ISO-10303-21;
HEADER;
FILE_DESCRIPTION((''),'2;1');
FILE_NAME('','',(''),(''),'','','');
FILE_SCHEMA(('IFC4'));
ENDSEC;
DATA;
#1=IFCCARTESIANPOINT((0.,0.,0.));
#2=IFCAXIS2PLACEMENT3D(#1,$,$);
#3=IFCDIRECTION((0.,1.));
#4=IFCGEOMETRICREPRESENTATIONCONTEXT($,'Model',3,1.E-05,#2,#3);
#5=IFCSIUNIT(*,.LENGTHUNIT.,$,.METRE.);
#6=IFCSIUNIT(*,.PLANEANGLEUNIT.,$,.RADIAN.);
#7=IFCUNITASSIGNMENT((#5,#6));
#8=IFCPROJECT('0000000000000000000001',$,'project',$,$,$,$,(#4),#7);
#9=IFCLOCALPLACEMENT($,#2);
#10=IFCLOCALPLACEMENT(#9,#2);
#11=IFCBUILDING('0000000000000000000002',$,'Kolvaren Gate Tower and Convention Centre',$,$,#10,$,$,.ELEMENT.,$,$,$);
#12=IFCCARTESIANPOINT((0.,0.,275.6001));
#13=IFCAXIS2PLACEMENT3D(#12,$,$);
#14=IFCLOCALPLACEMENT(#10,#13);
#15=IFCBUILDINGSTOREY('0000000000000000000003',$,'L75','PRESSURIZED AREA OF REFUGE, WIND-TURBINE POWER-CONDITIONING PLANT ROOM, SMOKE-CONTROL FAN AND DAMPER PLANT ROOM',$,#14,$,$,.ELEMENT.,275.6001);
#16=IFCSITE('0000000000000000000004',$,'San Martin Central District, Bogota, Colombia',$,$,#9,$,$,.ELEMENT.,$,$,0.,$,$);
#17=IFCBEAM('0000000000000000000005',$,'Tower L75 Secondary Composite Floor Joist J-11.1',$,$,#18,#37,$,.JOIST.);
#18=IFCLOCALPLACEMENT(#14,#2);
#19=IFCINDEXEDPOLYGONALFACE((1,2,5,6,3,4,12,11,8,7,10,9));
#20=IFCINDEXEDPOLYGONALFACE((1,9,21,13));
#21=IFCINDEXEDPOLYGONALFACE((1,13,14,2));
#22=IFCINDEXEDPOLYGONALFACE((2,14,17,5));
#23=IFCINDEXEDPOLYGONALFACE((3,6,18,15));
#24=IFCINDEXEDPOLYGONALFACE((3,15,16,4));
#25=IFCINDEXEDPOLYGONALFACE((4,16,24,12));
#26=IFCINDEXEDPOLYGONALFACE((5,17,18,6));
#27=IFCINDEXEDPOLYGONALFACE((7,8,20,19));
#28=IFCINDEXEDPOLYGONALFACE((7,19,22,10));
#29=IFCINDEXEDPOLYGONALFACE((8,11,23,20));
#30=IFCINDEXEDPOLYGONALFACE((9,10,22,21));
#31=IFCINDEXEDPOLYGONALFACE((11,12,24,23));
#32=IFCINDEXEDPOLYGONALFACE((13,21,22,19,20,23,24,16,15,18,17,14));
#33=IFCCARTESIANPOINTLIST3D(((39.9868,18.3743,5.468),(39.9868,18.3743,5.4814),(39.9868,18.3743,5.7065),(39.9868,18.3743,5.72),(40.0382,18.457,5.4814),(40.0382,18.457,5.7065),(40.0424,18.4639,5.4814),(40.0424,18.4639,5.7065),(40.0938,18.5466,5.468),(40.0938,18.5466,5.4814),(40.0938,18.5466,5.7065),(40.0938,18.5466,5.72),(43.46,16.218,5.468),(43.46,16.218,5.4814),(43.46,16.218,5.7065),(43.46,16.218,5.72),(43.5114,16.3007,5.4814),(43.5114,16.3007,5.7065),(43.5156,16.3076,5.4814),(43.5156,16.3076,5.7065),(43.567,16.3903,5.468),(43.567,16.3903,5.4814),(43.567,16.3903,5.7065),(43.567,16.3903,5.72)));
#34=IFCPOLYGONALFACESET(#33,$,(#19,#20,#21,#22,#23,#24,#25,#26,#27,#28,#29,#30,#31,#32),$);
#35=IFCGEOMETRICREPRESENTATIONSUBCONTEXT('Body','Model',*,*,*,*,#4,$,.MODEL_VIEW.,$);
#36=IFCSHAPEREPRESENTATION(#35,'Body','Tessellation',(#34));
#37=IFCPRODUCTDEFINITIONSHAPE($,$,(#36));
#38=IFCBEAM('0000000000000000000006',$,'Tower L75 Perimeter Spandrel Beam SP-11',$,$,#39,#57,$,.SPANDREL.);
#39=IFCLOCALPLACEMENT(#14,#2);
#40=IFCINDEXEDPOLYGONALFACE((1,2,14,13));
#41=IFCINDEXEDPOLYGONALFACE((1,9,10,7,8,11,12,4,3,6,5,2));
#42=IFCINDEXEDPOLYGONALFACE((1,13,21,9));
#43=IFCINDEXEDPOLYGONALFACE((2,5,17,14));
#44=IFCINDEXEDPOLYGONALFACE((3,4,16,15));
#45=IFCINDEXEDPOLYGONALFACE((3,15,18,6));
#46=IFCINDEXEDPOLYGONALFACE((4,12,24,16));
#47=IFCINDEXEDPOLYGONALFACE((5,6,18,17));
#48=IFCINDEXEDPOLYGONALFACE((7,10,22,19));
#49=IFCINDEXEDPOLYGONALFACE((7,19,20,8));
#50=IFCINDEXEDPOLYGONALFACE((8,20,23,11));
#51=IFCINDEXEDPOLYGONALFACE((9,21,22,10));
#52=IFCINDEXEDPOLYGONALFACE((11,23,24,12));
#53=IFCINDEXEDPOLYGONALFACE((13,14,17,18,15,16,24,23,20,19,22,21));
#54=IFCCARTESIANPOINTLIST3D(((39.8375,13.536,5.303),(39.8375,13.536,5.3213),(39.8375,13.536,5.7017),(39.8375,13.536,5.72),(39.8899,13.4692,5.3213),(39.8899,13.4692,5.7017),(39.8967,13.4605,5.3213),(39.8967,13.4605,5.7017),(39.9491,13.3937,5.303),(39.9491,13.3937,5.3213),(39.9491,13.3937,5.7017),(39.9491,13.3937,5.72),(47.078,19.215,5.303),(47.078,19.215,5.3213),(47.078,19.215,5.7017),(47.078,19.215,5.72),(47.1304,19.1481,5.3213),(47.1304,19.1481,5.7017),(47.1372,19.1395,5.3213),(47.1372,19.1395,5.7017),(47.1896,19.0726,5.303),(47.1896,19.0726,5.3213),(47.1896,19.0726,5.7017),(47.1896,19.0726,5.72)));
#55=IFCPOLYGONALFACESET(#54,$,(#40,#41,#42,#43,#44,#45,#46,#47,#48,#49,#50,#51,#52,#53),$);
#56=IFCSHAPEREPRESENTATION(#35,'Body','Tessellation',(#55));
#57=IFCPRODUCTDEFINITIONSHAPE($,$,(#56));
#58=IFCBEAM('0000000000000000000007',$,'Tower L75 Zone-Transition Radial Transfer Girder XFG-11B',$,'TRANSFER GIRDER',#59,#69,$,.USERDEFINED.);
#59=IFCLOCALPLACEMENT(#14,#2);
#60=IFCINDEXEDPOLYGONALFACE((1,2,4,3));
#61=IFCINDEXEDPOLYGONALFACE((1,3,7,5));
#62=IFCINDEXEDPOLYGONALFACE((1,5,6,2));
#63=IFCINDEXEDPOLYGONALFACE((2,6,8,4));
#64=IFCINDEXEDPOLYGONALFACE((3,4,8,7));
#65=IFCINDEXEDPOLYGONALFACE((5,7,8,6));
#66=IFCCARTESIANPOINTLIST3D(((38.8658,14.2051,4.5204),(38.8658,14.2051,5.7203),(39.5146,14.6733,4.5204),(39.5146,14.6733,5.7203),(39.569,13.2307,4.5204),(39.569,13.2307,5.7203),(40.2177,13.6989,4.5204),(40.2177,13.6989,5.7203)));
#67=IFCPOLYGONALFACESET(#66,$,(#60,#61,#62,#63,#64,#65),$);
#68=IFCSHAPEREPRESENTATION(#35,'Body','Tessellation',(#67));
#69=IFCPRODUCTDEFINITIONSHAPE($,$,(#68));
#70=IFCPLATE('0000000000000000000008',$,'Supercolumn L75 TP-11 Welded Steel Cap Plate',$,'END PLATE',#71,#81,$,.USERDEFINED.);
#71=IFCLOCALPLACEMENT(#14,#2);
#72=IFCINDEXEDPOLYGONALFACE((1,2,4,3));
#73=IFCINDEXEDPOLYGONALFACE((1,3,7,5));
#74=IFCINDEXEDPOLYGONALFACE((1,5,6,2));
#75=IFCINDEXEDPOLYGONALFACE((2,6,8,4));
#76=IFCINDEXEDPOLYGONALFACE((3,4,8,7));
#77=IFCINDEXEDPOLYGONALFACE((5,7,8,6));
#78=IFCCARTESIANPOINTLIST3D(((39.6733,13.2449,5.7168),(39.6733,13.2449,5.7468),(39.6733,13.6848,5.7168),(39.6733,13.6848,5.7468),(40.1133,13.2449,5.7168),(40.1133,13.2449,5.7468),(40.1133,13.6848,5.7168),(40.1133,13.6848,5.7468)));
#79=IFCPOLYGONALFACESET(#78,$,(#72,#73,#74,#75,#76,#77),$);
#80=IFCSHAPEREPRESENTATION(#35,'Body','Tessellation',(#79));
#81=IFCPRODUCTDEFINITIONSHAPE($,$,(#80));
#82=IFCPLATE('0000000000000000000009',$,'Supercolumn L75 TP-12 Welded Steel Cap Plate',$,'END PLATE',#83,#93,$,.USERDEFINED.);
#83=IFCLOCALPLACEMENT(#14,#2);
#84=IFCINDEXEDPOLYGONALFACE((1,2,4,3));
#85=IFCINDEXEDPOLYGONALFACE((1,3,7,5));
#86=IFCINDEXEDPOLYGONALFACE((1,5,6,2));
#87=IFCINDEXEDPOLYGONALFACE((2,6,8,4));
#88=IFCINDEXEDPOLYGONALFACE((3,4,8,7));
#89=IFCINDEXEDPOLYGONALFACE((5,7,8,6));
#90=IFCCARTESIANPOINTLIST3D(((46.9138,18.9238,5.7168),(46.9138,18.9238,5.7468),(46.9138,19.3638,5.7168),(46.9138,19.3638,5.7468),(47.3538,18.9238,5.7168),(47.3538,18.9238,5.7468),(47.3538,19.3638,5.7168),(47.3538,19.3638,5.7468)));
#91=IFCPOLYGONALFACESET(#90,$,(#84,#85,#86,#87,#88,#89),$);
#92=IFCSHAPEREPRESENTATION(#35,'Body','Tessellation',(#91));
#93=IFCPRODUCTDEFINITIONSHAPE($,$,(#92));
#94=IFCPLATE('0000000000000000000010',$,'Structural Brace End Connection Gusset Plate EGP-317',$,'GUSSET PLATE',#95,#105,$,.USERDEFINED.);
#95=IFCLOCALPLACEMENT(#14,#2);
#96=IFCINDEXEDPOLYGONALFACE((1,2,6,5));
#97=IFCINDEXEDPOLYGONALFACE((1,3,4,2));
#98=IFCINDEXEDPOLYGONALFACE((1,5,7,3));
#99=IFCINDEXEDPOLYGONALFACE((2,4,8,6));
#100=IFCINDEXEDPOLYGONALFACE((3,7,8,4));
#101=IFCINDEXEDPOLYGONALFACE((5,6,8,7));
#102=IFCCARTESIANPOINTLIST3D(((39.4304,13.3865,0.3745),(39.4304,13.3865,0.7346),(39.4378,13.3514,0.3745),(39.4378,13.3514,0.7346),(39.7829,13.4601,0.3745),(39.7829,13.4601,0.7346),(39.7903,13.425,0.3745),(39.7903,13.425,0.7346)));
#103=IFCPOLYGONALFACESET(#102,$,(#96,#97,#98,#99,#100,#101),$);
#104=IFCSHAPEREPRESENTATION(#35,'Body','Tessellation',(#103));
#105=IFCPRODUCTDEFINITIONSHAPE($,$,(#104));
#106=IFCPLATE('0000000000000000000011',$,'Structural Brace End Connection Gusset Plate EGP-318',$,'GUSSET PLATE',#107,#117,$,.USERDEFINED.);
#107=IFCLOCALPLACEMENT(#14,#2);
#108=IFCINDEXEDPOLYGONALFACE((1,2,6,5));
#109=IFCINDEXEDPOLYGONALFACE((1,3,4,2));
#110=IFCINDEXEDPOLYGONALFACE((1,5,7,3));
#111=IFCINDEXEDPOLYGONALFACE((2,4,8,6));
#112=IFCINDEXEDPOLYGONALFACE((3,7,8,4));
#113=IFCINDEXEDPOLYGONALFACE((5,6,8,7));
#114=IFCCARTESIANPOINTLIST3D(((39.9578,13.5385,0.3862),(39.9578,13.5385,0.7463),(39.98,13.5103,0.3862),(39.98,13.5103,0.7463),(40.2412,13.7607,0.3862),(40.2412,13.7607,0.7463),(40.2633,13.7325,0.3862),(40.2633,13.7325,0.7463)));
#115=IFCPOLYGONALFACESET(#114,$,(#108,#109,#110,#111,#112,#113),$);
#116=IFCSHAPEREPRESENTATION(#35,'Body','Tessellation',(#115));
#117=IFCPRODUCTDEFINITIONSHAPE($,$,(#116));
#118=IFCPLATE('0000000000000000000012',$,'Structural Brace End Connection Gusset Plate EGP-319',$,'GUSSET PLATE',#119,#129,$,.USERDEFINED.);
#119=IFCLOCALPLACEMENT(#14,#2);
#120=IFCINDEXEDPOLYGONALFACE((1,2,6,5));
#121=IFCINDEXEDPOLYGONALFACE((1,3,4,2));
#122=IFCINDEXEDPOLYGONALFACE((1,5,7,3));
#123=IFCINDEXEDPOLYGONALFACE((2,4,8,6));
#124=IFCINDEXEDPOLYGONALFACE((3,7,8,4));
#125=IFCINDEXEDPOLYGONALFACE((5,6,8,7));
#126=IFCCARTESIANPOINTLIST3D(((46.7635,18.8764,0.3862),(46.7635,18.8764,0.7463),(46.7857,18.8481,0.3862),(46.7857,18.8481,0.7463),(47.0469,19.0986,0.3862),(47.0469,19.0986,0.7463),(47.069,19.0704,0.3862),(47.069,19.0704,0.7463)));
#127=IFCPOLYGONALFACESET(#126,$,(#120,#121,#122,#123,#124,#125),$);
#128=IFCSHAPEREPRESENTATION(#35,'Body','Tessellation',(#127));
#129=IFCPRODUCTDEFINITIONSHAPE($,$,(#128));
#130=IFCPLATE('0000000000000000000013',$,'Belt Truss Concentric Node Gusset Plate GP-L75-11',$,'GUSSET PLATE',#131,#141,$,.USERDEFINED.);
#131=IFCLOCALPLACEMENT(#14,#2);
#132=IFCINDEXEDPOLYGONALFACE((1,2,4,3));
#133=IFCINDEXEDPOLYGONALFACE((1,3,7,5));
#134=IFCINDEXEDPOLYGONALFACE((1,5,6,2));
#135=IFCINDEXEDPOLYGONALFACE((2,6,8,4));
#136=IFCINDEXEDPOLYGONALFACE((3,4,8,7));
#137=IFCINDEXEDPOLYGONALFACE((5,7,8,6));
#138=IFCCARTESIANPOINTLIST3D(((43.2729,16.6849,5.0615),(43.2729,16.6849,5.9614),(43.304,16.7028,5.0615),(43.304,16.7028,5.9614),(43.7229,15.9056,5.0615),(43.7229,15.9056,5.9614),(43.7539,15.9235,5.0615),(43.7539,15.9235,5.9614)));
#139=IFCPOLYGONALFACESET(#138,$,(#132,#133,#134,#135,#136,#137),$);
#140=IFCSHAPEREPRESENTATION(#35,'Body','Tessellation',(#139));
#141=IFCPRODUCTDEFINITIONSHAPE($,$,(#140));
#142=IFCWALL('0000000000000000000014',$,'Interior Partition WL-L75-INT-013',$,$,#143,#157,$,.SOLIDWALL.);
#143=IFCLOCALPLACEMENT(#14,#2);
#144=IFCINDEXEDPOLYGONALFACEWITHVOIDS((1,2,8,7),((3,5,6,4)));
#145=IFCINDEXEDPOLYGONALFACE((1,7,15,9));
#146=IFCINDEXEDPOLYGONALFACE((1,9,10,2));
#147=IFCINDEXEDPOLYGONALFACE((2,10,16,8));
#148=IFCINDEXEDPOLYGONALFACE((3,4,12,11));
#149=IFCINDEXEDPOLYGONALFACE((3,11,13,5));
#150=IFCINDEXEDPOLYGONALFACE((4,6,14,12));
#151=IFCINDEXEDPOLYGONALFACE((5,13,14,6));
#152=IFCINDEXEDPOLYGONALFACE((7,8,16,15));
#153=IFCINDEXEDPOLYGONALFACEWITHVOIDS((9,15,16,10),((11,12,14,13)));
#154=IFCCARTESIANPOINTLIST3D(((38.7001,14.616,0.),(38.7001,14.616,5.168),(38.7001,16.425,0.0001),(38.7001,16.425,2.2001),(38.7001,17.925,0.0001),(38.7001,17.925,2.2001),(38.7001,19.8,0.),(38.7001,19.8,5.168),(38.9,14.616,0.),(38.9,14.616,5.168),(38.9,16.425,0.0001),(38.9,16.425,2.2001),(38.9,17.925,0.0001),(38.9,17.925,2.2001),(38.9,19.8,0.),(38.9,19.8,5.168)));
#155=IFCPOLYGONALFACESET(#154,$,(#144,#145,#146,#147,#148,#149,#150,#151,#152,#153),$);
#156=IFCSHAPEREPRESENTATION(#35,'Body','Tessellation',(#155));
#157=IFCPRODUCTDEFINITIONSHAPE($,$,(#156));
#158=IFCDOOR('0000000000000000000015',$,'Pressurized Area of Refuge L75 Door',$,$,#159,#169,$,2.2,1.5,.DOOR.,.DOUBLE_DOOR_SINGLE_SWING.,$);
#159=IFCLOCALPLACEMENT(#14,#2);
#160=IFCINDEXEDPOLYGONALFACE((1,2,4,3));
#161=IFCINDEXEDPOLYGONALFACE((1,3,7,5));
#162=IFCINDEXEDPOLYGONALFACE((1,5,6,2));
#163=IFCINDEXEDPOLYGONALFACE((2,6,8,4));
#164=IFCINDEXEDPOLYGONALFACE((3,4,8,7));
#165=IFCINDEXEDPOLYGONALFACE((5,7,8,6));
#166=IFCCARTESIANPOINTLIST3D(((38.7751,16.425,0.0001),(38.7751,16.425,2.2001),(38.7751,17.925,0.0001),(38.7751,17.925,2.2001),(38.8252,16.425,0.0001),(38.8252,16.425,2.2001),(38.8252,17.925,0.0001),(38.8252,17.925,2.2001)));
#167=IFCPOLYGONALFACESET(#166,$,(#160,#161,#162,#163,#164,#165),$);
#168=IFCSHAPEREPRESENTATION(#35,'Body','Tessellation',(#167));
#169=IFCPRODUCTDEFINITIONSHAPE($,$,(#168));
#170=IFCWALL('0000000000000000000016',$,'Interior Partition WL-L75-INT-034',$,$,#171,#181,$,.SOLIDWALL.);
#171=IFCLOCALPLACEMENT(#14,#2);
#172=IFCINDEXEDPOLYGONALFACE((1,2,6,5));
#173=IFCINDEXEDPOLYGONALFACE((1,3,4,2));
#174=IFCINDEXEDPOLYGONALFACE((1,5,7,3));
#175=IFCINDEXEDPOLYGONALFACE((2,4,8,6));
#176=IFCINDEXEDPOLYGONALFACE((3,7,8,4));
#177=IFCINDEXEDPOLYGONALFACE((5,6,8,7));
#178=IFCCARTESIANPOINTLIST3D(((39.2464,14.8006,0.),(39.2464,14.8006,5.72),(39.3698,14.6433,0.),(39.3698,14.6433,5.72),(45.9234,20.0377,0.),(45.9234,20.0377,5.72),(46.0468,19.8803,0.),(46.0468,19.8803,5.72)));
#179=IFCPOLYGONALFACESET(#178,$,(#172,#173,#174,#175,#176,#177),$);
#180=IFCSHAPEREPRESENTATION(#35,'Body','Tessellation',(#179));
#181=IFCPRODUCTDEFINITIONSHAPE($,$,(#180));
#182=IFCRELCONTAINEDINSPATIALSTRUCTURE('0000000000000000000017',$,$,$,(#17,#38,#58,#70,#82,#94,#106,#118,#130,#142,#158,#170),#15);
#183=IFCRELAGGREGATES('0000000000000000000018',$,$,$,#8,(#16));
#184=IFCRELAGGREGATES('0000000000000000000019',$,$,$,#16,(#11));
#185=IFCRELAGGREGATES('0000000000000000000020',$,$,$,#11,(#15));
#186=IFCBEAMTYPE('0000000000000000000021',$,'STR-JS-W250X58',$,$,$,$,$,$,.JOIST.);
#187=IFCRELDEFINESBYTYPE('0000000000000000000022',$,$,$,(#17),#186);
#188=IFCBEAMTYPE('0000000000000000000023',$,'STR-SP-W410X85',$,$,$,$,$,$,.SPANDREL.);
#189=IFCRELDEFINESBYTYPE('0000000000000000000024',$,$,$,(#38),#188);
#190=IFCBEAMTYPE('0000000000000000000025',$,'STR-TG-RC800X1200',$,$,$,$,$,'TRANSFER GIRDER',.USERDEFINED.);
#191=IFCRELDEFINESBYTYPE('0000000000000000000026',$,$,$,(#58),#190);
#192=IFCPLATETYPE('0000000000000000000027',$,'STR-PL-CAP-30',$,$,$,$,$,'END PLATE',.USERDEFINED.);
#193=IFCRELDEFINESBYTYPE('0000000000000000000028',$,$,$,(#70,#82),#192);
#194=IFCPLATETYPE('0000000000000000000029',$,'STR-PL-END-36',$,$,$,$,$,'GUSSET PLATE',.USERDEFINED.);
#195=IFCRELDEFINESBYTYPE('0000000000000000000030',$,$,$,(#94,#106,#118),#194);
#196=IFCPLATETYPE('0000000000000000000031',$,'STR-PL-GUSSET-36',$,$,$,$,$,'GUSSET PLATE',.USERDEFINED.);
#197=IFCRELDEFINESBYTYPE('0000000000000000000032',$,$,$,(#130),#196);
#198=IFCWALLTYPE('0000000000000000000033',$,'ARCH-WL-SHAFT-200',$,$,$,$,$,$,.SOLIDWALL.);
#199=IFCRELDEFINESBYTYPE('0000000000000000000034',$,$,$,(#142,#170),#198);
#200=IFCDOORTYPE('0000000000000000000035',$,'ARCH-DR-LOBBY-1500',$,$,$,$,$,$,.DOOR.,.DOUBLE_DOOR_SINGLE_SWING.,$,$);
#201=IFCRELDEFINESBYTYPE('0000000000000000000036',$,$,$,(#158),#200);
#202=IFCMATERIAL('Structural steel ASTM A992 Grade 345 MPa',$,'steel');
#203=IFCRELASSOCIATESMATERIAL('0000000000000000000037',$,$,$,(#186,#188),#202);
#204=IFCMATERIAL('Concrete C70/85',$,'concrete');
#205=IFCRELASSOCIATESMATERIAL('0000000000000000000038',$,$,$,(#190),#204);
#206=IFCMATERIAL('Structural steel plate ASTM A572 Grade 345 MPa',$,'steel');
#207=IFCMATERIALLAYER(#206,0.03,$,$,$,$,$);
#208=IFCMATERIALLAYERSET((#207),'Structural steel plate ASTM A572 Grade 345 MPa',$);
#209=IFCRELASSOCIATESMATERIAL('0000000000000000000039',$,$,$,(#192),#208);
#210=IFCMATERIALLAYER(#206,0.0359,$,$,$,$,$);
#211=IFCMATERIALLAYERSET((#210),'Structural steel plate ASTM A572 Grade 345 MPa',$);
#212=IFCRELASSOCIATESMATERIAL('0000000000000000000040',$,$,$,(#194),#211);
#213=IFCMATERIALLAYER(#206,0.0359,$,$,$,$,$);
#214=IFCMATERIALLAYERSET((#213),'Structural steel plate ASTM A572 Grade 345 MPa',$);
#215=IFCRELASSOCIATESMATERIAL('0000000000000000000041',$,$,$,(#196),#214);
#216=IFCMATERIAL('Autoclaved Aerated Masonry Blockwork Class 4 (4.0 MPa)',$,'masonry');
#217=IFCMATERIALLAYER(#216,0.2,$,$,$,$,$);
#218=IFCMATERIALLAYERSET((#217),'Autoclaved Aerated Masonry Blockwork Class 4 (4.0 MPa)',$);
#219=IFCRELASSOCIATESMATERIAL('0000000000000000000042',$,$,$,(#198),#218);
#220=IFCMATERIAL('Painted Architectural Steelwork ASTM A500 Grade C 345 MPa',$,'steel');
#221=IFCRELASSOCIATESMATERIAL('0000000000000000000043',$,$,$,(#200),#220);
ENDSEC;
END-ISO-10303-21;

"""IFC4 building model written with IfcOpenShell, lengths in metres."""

from ifc_helpers import new_model, si_unit, direction, frame, frame_2d, origin, origin_2d, place, context, subcontext, project, spatial, rectangle, i_section, extrude, material, layer, layer_set, material_profile, profile_set, type_object, element, fill, save


model = new_model("IFC4")

# Units and contexts
model_context = context("Model", 3, precision=1e-05, world=origin(), true_north=direction((0.0, 1.0)))
body_context = subcontext(model_context, "Body", "Model", "MODEL_VIEW")
ifc_project = project(units=[si_unit("LENGTHUNIT", "METRE"), si_unit("PLANEANGLEUNIT", "RADIAN")], contexts=[model_context])

# Site, building, storey
site_placement = place(None, origin())
site = spatial("IfcSite", under=ifc_project, at=site_placement, Name="San Martin Central District, Bogota, Colombia", CompositionType="ELEMENT", RefElevation=0.0)
building_placement = place(site_placement, origin())
building = spatial("IfcBuilding", under=site, at=building_placement, Name="Kolvaren Gate Tower and Convention Centre", CompositionType="ELEMENT")
storey_placement = place(building_placement, frame((0.0, 0.0, 275.6001)))
storey = spatial("IfcBuildingStorey", under=building, at=storey_placement, Name="L75", Description="PRESSURIZED AREA OF REFUGE, WIND-TURBINE POWER-CONDITIONING PLANT ROOM, SMOKE-CONTROL FAN AND DAMPER PLANT ROOM", CompositionType="ELEMENT", Elevation=275.6001)

# Shared definitions
ifc_material_1 = material(Name="Structural steel ASTM A992 Grade 345 MPa", Category="steel")

# Beams
ifc_material_profile_1 = material_profile(ifc_material_1, i_section(OverallWidth=0.2029, OverallDepth=0.252, WebThickness=0.0081, FlangeThickness=0.0134, at=origin_2d()), Name="W250X58")
ifc_profile_set_1 = profile_set([ifc_material_profile_1], Name="Structural steel ASTM A992 Grade 345 MPa")
beam_type_1 = type_object("IfcBeamType", Name="STR-JS-W250X58", PredefinedType="JOIST", material=ifc_profile_set_1)
beam_1_placement = place(storey_placement, frame((40.0403, 18.4604, 5.594), z_axis=(0.849585, -0.527452, 0.0), x_axis=(0.527452, 0.849585, 0.0)))
element("IfcBeam", 1, at=beam_1_placement, inside=storey, type_object=beam_type_1, Name="Tower L75 Secondary Composite Floor Joist J-11.1", PredefinedType="JOIST", context=body_context, shape_type="SweptSolid", body=[
    extrude(i_section(OverallWidth=0.2029, OverallDepth=0.252, WebThickness=0.0081, FlangeThickness=0.0134, at=origin_2d()), origin(), (0.0, 0.0, 1.0), 4.0881),
])
ifc_material_profile_2 = material_profile(ifc_material_1, i_section(OverallWidth=0.1809, OverallDepth=0.417, WebThickness=0.011, FlangeThickness=0.0183, at=origin_2d()), Name="W410X85")
ifc_profile_set_2 = profile_set([ifc_material_profile_2], Name="Structural steel ASTM A992 Grade 345 MPa")
beam_type_2 = type_object("IfcBeamType", Name="STR-SP-W410X85", PredefinedType="SPANDREL", material=ifc_profile_set_2)
beam_2_placement = place(storey_placement, frame((39.8933, 13.4648, 5.5115), z_axis=(0.786846, 0.61715, 0.0), x_axis=(-0.61715, 0.786846, 0.0)))
element("IfcBeam", 2, at=beam_2_placement, inside=storey, type_object=beam_type_2, Name="Tower L75 Perimeter Spandrel Beam SP-11", PredefinedType="SPANDREL", context=body_context, shape_type="SweptSolid", body=[
    extrude(i_section(OverallWidth=0.1809, OverallDepth=0.417, WebThickness=0.011, FlangeThickness=0.0183, at=origin_2d()), origin(), (0.0, 0.0, 1.0), 9.2019),
])
ifc_material_2 = material(Name="Concrete C70/85", Category="concrete")
ifc_material_profile_3 = material_profile(ifc_material_2, rectangle(XDim=0.8, YDim=1.2, at=origin_2d()), Name="RC-BM-800X1200")
ifc_profile_set_3 = profile_set([ifc_material_profile_3], Name="Concrete C70/85")
beam_type_3 = type_object("IfcBeamType", Name="STR-TG-RC800X1200", ElementType="TRANSFER GIRDER", PredefinedType="USERDEFINED", material=ifc_profile_set_3)
beam_3_placement = place(storey_placement, frame((39.1902, 14.4392, 5.1204), z_axis=(0.585172, -0.81091, 0.0), x_axis=(0.81091, 0.585172, 0.0)))
element("IfcBeam", 3, at=beam_3_placement, inside=storey, type_object=beam_type_3, Name="Tower L75 Zone-Transition Radial Transfer Girder XFG-11B", ObjectType="TRANSFER GIRDER", PredefinedType="USERDEFINED", context=body_context, shape_type="SweptSolid", body=[
    extrude(rectangle(XDim=0.8, YDim=1.2, at=origin_2d()), origin(), (0.0, 0.0, 1.0), 1.2017),
])

# Plates
ifc_material_3 = material(Name="Structural steel plate ASTM A572 Grade 345 MPa", Category="steel")
ifc_layer_1 = layer(ifc_material_3, 0.03)
ifc_layer_set_1 = layer_set([ifc_layer_1], Name="Structural steel plate ASTM A572 Grade 345 MPa")
plate_type_1 = type_object("IfcPlateType", Name="STR-PL-CAP-30", ElementType="END PLATE", PredefinedType="USERDEFINED", material=ifc_layer_set_1)
for number, where, z_axis, x_axis, name in (
    (4, (39.8933, 13.4648, 5.7168), (0.0, 0.0, 1.0), (1.0, 0.0, 0.0), "Supercolumn L75 TP-11 Welded Steel Cap Plate"),
    (5, (47.1338, 19.1438, 5.7168), (0.0, 0.0, 1.0), (1.0, 0.0, 0.0), "Supercolumn L75 TP-12 Welded Steel Cap Plate"),
):
    element("IfcPlate", number, at=place(storey_placement, frame(where, z_axis=z_axis, x_axis=x_axis)), inside=storey, type_object=plate_type_1, Name=name, ObjectType="END PLATE", PredefinedType="USERDEFINED", context=body_context, shape_type="SweptSolid", body=[
        extrude(rectangle(XDim=0.4399, YDim=0.4399, at=origin_2d()), origin(), (0.0, 0.0, 1.0), 0.03),
    ])
ifc_layer_2 = layer(ifc_material_3, 0.0359)
ifc_layer_set_2 = layer_set([ifc_layer_2], Name="Structural steel plate ASTM A572 Grade 345 MPa")
plate_type_2 = type_object("IfcPlateType", Name="STR-PL-END-36", ElementType="GUSSET PLATE", PredefinedType="USERDEFINED", material=ifc_layer_set_2)
for number, where, z_axis, x_axis, name in (
    (6, (39.6104, 13.4058, 0.3745), (0.0, 0.0, 1.0), (-0.978885, -0.204411, 0.0), "Structural Brace End Connection Gusset Plate EGP-317"),
    (7, (40.1106, 13.6355, 0.3862), (0.0, 0.0, 1.0), (0.786848, 0.617147, 0.0), "Structural Brace End Connection Gusset Plate EGP-318"),
    (8, (46.9163, 18.9734, 0.3862), (0.0, 0.0, 1.0), (-0.786838, -0.617159, 0.0), "Structural Brace End Connection Gusset Plate EGP-319"),
):
    element("IfcPlate", number, at=place(storey_placement, frame(where, z_axis=z_axis, x_axis=x_axis)), inside=storey, type_object=plate_type_2, Name=name, ObjectType="GUSSET PLATE", PredefinedType="USERDEFINED", context=body_context, shape_type="SweptSolid", body=[
        extrude(rectangle(XDim=0.3601, YDim=0.0359, at=origin_2d()), origin(), (0.0, 0.0, 1.0), 0.3601),
    ])
ifc_layer_3 = layer(ifc_material_3, 0.0359)
ifc_layer_set_3 = layer_set([ifc_layer_3], Name="Structural steel plate ASTM A572 Grade 345 MPa")
plate_type_3 = type_object("IfcPlateType", Name="STR-PL-GUSSET-36", ElementType="GUSSET PLATE", PredefinedType="USERDEFINED", material=ifc_layer_set_3)
plate_placement = place(storey_placement, frame((43.5134, 16.3042, 5.0615), z_axis=(0.0, 0.0, 1.0), x_axis=(0.5, -0.866025, 0.0)))
element("IfcPlate", 9, at=plate_placement, inside=storey, type_object=plate_type_3, Name="Belt Truss Concentric Node Gusset Plate GP-L75-11", ObjectType="GUSSET PLATE", PredefinedType="USERDEFINED", context=body_context, shape_type="SweptSolid", body=[
    extrude(rectangle(XDim=0.8999, YDim=0.0359, at=origin_2d()), origin(), (0.0, 0.0, 1.0), 0.8999),
])

# Wall, opening, door
ifc_material_4 = material(Name="Autoclaved Aerated Masonry Blockwork Class 4 (4.0 MPa)", Category="masonry")
ifc_layer_4 = layer(ifc_material_4, 0.2)
ifc_layer_set_4 = layer_set([ifc_layer_4], Name="Autoclaved Aerated Masonry Blockwork Class 4 (4.0 MPa)")
wall_type_1 = type_object("IfcWallType", Name="ARCH-WL-SHAFT-200", PredefinedType="SOLIDWALL", material=ifc_layer_set_4)
wall_1_placement = place(storey_placement, frame((38.8, 14.616, 0.0), z_axis=(0.0, 0.0, 1.0), x_axis=(0.0, 1.0, 0.0)))
wall_1 = element("IfcWall", 10, at=wall_1_placement, inside=storey, type_object=wall_type_1, Name="Interior Partition WL-L75-INT-013", PredefinedType="SOLIDWALL", context=body_context, shape_type="SweptSolid", body=[
    extrude(rectangle(XDim=5.1841, YDim=0.2, at=frame_2d((2.592, 0.0))), origin(), (0.0, 0.0, 1.0), 5.168),
])
opening_placement = place(wall_1_placement, frame((1.8091, 0.0, 0.0)))
opening = element("IfcOpeningElement", 11, at=opening_placement, cuts=wall_1, PredefinedType="OPENING", context=body_context, shape_type="SweptSolid", body=[
    extrude(rectangle(XDim=1.5, YDim=2.2, at=frame_2d((0.75, 1.1001))), frame((0.0, 0.1099, 0.0), z_axis=(0.0, -1.0, 0.0), x_axis=(1.0, 0.0, 0.0)), (0.0, 0.0, 1.0), 0.22),
])
ifc_material_5 = material(Name="Painted Architectural Steelwork ASTM A500 Grade C 345 MPa", Category="steel")
door_type = type_object("IfcDoorType", Name="ARCH-DR-LOBBY-1500", OperationType="DOUBLE_DOOR_SINGLE_SWING", PredefinedType="DOOR", material=ifc_material_5)
door_placement = place(opening_placement, origin())
door = element("IfcDoor", 12, at=door_placement, inside=storey, type_object=door_type, Name="Pressurized Area of Refuge L75 Door", OperationType="DOUBLE_DOOR_SINGLE_SWING", OverallHeight=2.2, OverallWidth=1.5, PredefinedType="DOOR", context=body_context, shape_type="SweptSolid", body=[
    extrude(rectangle(XDim=1.5, YDim=2.2, at=frame_2d((0.75, 1.1001))), frame((0.0, 0.0249, 0.0), z_axis=(0.0, -1.0, 0.0), x_axis=(1.0, 0.0, 0.0)), (0.0, 0.0, 1.0), 0.05),
])
fill(opening, door)

# Wall
wall_2_placement = place(storey_placement, frame((39.3081, 14.7219, 0.0), z_axis=(0.0, 0.0, 1.0), x_axis=(0.786842, 0.617154, 0.0)))
element("IfcWall", 13, at=wall_2_placement, inside=storey, type_object=wall_type_1, Name="Interior Partition WL-L75-INT-034", PredefinedType="SOLIDWALL", context=body_context, shape_type="SweptSolid", body=[
    extrude(rectangle(XDim=8.4858, YDim=0.2, at=frame_2d((4.2429, 0.0))), origin(), (0.0, 0.0, 1.0), 5.72),
])

save(model, "model.ifc")
